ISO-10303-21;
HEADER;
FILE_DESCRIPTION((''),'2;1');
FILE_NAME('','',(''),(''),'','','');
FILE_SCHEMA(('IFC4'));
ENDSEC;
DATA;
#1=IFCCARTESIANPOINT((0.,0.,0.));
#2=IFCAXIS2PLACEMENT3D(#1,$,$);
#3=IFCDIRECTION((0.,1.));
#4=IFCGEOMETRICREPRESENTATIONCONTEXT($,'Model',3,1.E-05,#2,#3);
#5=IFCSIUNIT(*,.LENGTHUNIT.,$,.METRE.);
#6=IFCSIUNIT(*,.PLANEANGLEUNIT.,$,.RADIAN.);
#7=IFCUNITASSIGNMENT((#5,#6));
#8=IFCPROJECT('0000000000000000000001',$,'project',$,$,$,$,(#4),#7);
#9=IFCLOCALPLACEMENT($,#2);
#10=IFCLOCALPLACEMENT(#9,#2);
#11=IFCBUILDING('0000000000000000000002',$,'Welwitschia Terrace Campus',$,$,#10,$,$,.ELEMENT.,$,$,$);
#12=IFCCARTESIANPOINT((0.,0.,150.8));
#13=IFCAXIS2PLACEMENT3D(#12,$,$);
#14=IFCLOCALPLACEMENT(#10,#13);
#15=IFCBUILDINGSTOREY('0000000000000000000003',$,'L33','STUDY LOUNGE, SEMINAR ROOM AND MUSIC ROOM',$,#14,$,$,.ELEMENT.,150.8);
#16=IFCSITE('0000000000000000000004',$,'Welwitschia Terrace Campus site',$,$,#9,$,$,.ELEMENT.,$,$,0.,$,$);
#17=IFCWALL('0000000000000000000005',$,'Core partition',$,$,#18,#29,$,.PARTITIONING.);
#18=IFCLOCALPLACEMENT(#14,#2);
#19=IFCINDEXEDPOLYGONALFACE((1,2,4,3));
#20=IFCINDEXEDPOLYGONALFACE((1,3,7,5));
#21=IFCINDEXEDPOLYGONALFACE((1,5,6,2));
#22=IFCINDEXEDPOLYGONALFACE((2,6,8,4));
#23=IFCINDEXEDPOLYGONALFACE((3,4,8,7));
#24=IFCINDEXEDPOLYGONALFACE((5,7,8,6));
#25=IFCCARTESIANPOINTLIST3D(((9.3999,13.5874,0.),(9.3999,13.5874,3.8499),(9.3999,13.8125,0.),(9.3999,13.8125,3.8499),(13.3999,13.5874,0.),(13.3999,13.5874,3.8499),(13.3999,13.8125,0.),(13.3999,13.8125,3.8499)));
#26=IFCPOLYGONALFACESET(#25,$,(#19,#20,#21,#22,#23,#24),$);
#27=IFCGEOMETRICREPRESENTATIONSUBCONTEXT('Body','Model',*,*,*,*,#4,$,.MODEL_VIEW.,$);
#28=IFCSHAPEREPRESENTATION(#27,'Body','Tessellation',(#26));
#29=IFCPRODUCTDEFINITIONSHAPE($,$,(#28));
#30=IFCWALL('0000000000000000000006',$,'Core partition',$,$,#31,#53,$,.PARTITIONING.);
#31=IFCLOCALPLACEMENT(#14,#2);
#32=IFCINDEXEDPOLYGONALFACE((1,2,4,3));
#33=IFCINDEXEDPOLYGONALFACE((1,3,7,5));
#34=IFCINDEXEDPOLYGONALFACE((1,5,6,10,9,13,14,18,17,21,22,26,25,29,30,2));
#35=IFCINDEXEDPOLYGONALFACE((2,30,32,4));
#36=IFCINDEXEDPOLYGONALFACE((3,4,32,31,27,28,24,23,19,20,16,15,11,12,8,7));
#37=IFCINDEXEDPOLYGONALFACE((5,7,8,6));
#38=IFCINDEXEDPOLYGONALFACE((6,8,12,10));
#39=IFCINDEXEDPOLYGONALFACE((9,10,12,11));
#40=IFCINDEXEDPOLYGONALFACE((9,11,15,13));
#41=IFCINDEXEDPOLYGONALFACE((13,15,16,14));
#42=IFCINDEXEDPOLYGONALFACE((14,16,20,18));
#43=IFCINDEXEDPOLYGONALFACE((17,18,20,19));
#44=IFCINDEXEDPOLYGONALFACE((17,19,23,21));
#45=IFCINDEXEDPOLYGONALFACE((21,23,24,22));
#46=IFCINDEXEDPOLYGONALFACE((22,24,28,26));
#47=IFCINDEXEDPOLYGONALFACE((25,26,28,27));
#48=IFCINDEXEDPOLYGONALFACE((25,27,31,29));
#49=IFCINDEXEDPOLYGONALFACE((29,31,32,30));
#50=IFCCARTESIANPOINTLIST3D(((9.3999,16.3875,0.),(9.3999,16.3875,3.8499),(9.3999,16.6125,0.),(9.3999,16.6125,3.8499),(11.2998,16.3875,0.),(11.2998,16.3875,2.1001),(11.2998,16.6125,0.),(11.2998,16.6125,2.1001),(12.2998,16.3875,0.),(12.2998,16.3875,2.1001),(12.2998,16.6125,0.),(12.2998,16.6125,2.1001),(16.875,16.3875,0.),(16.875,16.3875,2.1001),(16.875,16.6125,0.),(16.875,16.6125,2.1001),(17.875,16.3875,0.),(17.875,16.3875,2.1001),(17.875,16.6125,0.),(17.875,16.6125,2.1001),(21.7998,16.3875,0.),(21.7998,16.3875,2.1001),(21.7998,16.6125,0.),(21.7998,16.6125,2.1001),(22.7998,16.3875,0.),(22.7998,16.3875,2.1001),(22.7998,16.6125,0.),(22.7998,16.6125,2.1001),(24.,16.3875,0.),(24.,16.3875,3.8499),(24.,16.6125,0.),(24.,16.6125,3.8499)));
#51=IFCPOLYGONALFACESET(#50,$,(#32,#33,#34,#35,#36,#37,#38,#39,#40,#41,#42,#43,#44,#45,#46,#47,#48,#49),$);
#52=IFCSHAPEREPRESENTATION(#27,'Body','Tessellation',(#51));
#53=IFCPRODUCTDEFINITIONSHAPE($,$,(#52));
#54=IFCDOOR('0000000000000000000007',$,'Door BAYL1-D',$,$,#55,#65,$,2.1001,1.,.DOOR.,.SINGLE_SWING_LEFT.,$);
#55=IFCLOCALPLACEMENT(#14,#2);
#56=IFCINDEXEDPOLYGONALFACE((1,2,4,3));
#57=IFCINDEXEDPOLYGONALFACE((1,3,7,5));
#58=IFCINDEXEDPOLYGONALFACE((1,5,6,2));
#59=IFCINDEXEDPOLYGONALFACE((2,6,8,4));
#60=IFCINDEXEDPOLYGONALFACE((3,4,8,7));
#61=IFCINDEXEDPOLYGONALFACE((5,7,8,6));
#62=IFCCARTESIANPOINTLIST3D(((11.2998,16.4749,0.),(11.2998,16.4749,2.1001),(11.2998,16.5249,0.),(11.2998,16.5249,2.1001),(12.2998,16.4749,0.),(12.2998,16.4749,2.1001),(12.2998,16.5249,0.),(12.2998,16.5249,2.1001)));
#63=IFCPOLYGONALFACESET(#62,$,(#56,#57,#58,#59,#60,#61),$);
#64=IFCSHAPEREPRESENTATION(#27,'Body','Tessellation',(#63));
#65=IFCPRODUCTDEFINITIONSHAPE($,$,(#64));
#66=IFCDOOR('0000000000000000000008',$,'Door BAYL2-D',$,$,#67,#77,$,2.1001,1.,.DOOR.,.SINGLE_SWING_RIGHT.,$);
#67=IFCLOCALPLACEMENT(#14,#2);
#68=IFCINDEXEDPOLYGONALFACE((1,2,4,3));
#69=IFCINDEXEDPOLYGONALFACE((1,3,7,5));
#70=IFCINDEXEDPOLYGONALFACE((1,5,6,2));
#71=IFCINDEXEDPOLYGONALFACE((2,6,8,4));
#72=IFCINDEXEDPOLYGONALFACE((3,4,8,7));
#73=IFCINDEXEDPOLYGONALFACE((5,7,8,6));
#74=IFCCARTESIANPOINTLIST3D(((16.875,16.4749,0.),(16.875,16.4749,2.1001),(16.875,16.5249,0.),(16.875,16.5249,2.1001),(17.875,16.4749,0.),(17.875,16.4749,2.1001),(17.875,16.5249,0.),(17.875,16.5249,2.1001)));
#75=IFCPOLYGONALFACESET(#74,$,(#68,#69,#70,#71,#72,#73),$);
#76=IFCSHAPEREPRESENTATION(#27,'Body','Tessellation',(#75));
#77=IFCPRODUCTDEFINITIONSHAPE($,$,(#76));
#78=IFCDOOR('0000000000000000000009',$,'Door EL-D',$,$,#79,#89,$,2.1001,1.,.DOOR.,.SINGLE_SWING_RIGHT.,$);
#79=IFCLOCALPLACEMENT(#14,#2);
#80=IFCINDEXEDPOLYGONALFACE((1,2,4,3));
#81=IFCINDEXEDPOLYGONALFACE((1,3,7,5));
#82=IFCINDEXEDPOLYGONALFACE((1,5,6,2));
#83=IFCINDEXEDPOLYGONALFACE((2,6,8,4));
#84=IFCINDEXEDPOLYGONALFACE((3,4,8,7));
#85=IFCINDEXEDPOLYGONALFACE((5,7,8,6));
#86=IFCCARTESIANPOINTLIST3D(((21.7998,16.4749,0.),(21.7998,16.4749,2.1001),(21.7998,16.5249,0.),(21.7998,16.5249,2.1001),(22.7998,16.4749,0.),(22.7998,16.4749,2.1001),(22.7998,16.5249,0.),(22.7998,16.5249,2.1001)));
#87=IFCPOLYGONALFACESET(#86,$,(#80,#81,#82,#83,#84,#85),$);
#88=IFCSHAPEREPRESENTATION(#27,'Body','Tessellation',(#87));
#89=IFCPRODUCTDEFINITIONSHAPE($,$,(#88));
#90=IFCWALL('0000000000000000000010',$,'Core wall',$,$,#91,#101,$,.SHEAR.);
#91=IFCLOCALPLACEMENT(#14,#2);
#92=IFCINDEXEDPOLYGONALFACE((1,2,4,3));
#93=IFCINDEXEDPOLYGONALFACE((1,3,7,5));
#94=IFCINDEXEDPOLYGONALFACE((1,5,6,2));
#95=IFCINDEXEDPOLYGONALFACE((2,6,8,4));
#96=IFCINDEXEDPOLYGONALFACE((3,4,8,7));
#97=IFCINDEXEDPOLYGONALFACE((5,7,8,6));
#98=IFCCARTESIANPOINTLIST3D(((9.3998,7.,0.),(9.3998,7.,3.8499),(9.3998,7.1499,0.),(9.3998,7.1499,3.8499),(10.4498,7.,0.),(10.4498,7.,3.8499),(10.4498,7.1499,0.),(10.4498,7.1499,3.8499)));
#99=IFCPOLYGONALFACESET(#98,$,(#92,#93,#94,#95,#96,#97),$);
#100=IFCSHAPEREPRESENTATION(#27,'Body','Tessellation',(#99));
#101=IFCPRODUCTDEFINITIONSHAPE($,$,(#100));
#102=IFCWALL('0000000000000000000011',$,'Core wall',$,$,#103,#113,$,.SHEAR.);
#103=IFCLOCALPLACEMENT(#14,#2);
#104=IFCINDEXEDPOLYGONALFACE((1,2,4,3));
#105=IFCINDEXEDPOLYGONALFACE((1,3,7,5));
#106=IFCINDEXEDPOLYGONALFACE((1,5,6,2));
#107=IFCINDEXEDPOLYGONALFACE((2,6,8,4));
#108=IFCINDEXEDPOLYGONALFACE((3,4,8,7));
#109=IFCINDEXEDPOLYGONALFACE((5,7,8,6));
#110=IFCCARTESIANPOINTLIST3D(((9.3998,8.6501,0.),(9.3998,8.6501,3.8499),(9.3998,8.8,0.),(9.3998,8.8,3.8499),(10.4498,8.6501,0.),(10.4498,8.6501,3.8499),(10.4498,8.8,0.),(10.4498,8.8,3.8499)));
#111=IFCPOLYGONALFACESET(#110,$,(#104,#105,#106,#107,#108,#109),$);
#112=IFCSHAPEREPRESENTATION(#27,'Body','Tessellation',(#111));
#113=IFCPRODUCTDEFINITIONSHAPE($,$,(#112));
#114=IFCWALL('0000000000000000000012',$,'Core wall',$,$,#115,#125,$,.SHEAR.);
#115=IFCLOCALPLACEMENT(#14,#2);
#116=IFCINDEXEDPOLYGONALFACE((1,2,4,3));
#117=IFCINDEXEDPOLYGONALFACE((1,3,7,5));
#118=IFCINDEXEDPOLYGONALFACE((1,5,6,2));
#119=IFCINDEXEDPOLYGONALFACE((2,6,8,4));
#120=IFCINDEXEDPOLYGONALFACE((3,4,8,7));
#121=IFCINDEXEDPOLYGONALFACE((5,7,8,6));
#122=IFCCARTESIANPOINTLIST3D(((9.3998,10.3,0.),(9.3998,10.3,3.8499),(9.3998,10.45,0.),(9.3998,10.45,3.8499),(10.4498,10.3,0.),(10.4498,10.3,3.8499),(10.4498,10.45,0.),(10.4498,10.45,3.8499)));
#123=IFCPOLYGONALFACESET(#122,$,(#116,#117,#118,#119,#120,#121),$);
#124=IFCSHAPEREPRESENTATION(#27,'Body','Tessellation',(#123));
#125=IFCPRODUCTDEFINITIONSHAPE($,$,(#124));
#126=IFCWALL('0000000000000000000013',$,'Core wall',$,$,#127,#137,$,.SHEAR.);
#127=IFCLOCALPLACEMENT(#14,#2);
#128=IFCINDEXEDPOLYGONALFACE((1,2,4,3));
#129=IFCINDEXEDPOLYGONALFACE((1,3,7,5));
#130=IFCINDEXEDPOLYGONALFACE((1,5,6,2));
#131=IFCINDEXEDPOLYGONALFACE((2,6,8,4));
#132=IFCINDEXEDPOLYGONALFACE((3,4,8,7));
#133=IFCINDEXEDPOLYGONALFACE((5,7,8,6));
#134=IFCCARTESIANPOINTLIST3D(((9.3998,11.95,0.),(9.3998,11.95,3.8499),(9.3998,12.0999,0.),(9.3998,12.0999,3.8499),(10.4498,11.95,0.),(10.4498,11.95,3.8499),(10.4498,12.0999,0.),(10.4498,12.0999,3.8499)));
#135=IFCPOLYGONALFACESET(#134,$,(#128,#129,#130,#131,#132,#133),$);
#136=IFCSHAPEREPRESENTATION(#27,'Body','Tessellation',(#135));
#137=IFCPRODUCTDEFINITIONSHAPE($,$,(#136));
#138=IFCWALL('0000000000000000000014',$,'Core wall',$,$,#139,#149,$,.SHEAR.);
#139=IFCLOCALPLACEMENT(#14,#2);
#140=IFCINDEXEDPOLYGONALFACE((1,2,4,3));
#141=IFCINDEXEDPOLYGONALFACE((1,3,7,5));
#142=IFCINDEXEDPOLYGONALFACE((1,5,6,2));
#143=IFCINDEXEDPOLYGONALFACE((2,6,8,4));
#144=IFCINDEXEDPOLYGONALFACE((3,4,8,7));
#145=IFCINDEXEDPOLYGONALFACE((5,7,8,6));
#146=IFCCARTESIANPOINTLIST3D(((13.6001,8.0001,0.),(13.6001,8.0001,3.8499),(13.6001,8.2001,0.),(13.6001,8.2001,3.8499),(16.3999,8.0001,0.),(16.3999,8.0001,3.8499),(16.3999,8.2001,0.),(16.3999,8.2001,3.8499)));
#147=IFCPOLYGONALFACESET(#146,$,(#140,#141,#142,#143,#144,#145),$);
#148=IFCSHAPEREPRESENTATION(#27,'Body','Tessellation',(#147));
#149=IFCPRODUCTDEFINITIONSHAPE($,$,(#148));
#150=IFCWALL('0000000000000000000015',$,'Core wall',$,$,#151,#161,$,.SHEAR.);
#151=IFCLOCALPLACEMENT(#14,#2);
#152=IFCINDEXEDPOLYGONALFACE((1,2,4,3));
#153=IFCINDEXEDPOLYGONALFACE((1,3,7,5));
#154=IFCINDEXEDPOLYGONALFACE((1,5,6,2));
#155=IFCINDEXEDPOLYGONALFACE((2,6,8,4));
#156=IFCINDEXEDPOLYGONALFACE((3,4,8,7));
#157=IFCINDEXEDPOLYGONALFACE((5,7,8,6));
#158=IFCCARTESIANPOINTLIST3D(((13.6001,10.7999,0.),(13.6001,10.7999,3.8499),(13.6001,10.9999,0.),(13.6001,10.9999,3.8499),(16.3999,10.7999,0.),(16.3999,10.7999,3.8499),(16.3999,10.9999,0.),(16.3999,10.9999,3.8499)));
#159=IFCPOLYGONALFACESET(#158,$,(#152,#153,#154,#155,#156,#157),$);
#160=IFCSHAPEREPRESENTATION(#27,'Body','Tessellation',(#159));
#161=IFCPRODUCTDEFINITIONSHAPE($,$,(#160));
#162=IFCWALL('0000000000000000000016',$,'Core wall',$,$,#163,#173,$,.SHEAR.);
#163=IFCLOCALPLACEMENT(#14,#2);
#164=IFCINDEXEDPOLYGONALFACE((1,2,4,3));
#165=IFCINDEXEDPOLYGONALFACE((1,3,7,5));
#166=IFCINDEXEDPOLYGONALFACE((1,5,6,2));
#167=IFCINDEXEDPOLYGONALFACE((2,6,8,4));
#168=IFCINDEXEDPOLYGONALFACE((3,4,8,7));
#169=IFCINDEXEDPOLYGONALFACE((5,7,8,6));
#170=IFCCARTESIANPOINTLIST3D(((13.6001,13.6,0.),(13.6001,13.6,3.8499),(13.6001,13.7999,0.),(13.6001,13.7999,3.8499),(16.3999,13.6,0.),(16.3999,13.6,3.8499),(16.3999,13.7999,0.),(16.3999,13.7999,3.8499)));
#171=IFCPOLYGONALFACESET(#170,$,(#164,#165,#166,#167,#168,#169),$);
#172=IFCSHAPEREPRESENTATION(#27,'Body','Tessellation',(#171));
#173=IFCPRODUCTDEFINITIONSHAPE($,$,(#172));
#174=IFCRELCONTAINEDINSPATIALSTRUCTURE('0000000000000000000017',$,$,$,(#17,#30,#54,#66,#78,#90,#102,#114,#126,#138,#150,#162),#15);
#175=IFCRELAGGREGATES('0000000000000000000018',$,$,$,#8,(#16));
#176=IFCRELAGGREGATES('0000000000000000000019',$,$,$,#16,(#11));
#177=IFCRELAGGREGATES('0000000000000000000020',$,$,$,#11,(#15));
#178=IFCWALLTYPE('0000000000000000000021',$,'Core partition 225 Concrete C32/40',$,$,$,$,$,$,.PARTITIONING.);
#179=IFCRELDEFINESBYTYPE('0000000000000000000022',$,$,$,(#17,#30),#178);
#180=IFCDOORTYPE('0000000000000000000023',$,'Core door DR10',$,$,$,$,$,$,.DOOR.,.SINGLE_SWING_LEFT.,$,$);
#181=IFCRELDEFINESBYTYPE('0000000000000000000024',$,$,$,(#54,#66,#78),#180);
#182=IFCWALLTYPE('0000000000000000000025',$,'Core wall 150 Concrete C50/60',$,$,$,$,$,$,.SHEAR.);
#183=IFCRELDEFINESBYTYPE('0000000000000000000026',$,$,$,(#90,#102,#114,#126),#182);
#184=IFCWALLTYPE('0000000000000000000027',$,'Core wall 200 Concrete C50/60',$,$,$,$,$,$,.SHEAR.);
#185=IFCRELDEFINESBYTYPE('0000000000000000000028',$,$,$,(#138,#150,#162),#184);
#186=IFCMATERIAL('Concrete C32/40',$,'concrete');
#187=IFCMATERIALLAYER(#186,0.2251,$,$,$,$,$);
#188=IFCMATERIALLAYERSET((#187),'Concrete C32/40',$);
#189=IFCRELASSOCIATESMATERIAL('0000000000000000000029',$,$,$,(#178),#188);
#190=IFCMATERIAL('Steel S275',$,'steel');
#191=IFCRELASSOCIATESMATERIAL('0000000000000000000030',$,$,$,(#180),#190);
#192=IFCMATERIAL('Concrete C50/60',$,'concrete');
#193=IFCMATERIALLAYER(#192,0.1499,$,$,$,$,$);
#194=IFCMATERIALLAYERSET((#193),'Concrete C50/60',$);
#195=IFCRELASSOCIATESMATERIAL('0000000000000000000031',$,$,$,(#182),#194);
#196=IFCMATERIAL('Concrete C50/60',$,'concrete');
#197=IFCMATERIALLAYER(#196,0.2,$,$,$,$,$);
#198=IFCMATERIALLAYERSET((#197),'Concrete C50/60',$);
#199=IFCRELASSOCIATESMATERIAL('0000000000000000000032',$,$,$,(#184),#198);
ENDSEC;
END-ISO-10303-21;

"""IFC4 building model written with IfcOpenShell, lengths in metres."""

from ifc_helpers import new_model, si_unit, direction, frame, frame_2d, origin, place, context, subcontext, project, spatial, rectangle, extrude, material, layer, layer_set, type_object, element, fill, save


model = new_model("IFC4")

# Units and contexts
model_context = context("Model", 3, precision=1e-05, world=origin(), true_north=direction((0.0, 1.0)))
body_context = subcontext(model_context, "Body", "Model", "MODEL_VIEW")
ifc_project = project(units=[si_unit("LENGTHUNIT", "METRE"), si_unit("PLANEANGLEUNIT", "RADIAN")], contexts=[model_context])

# Site, building, storey
site_placement = place(None, origin())
site = spatial("IfcSite", under=ifc_project, at=site_placement, Name="Welwitschia Terrace Campus site", CompositionType="ELEMENT", RefElevation=0.0)
building_placement = place(site_placement, origin())
building = spatial("IfcBuilding", under=site, at=building_placement, Name="Welwitschia Terrace Campus", CompositionType="ELEMENT")
storey_placement = place(building_placement, frame((0.0, 0.0, 150.8)))
storey = spatial("IfcBuildingStorey", under=building, at=storey_placement, Name="L33", Description="STUDY LOUNGE, SEMINAR ROOM AND MUSIC ROOM", CompositionType="ELEMENT", Elevation=150.8)

# Wall
ifc_material_1 = material(Name="Concrete C32/40", Category="concrete")
ifc_layer_1 = layer(ifc_material_1, 0.2251)
ifc_layer_set_1 = layer_set([ifc_layer_1], Name="Concrete C32/40")
wall_type_1 = type_object("IfcWallType", Name="Core partition 225 Concrete C32/40", PredefinedType="PARTITIONING", material=ifc_layer_set_1)
wall_1_placement = place(storey_placement, frame((9.3999, 13.7, 0.0), z_axis=(0.0, 0.0, 1.0), x_axis=(1.0, 0.0, 0.0)))
element("IfcWall", 1, at=wall_1_placement, inside=storey, type_object=wall_type_1, Name="Core partition", PredefinedType="PARTITIONING", context=body_context, shape_type="SweptSolid", body=[
    extrude(rectangle(XDim=4.0, YDim=0.2251, at=frame_2d((2.0, 0.0))), origin(), (0.0, 0.0, 1.0), 3.8499),
])

# Wall, openings, doors
wall_2_placement = place(storey_placement, frame((9.3999, 16.5, 0.0), z_axis=(0.0, 0.0, 1.0), x_axis=(1.0, 0.0, 0.0)))
wall_2 = element("IfcWall", 2, at=wall_2_placement, inside=storey, type_object=wall_type_1, Name="Core partition", PredefinedType="PARTITIONING", context=body_context, shape_type="SweptSolid", body=[
    extrude(rectangle(XDim=14.6001, YDim=0.2251, at=frame_2d((7.3, 0.0))), origin(), (0.0, 0.0, 1.0), 3.8499),
])
opening_1_placement = place(wall_2_placement, frame((1.8999, 0.0, 0.0)))
opening_1 = element("IfcOpeningElement", 3, at=opening_1_placement, cuts=wall_2, PredefinedType="OPENING", context=body_context, shape_type="SweptSolid", body=[
    extrude(rectangle(XDim=1.0, YDim=2.1001, at=frame_2d((0.5, 1.05))), frame((0.0, 0.1226, 0.0), z_axis=(0.0, -1.0, 0.0), x_axis=(1.0, 0.0, 0.0)), (0.0, 0.0, 1.0), 0.2451),
])
opening_2_placement = place(wall_2_placement, frame((7.4751, 0.0, 0.0)))
opening_2 = element("IfcOpeningElement", 4, at=opening_2_placement, cuts=wall_2, PredefinedType="OPENING", context=body_context, shape_type="SweptSolid", body=[
    extrude(rectangle(XDim=1.0, YDim=2.1001, at=frame_2d((0.5, 1.05))), frame((0.0, 0.1226, 0.0), z_axis=(0.0, -1.0, 0.0), x_axis=(1.0, 0.0, 0.0)), (0.0, 0.0, 1.0), 0.2451),
])
opening_3_placement = place(wall_2_placement, frame((12.3999, 0.0, 0.0)))
opening_3 = element("IfcOpeningElement", 5, at=opening_3_placement, cuts=wall_2, PredefinedType="OPENING", context=body_context, shape_type="SweptSolid", body=[
    extrude(rectangle(XDim=1.0, YDim=2.1001, at=frame_2d((0.5, 1.05))), frame((0.0, 0.1226, 0.0), z_axis=(0.0, -1.0, 0.0), x_axis=(1.0, 0.0, 0.0)), (0.0, 0.0, 1.0), 0.2451),
])
ifc_material_2 = material(Name="Steel S275", Category="steel")
door_type_1 = type_object("IfcDoorType", Name="Core door DR10", OperationType="SINGLE_SWING_LEFT", PredefinedType="DOOR", material=ifc_material_2)
door_1_placement = place(opening_1_placement, origin())
door_1 = element("IfcDoor", 6, at=door_1_placement, inside=storey, type_object=door_type_1, Name="Door BAYL1-D", OperationType="SINGLE_SWING_LEFT", OverallHeight=2.1001, OverallWidth=1.0, PredefinedType="DOOR", context=body_context, shape_type="SweptSolid", body=[
    extrude(rectangle(XDim=1.0, YDim=2.1001, at=frame_2d((0.5, 1.05))), frame((0.0, 0.0249, 0.0), z_axis=(0.0, -1.0, 0.0), x_axis=(1.0, 0.0, 0.0)), (0.0, 0.0, 1.0), 0.05),
])
fill(opening_1, door_1)
door_2_placement = place(opening_2_placement, origin())
door_2 = element("IfcDoor", 7, at=door_2_placement, inside=storey, type_object=door_type_1, Name="Door BAYL2-D", OperationType="SINGLE_SWING_RIGHT", OverallHeight=2.1001, OverallWidth=1.0, PredefinedType="DOOR", context=body_context, shape_type="SweptSolid", body=[
    extrude(rectangle(XDim=1.0, YDim=2.1001, at=frame_2d((0.5, 1.05))), frame((0.0, 0.0249, 0.0), z_axis=(0.0, -1.0, 0.0), x_axis=(1.0, 0.0, 0.0)), (0.0, 0.0, 1.0), 0.05),
])
fill(opening_2, door_2)
door_3_placement = place(opening_3_placement, origin())
door_3 = element("IfcDoor", 8, at=door_3_placement, inside=storey, type_object=door_type_1, Name="Door EL-D", OperationType="SINGLE_SWING_RIGHT", OverallHeight=2.1001, OverallWidth=1.0, PredefinedType="DOOR", context=body_context, shape_type="SweptSolid", body=[
    extrude(rectangle(XDim=1.0, YDim=2.1001, at=frame_2d((0.5, 1.05))), frame((0.0, 0.0249, 0.0), z_axis=(0.0, -1.0, 0.0), x_axis=(1.0, 0.0, 0.0)), (0.0, 0.0, 1.0), 0.05),
])
fill(opening_3, door_3)

# Walls
ifc_material_3 = material(Name="Concrete C50/60", Category="concrete")
ifc_layer_2 = layer(ifc_material_3, 0.1499)
ifc_layer_set_2 = layer_set([ifc_layer_2], Name="Concrete C50/60")
wall_type_2 = type_object("IfcWallType", Name="Core wall 150 Concrete C50/60", PredefinedType="SHEAR", material=ifc_layer_set_2)
for number, where, z_axis, x_axis, name in (
    (9, (9.3999, 7.075, 0.0), (0.0, 0.0, 1.0), (1.0, 0.0, 0.0), "Core wall"),
    (10, (9.3999, 8.7251, 0.0), (0.0, 0.0, 1.0), (1.0, 0.0, 0.0), "Core wall"),
    (11, (9.3999, 10.375, 0.0), (0.0, 0.0, 1.0), (1.0, 0.0, 0.0), "Core wall"),
    (12, (9.3999, 12.0249, 0.0), (0.0, 0.0, 1.0), (1.0, 0.0, 0.0), "Core wall"),
):
    element("IfcWall", number, at=place(storey_placement, frame(where, z_axis=z_axis, x_axis=x_axis)), inside=storey, type_object=wall_type_2, Name=name, PredefinedType="SHEAR", context=body_context, shape_type="SweptSolid", body=[
        extrude(rectangle(XDim=1.05, YDim=0.1499, at=frame_2d((0.5249, 0.0))), origin(), (0.0, 0.0, 1.0), 3.8499),
    ])
ifc_material_4 = material(Name="Concrete C50/60", Category="concrete")
ifc_layer_3 = layer(ifc_material_4, 0.2)
ifc_layer_set_3 = layer_set([ifc_layer_3], Name="Concrete C50/60")
wall_type_3 = type_object("IfcWallType", Name="Core wall 200 Concrete C50/60", PredefinedType="SHEAR", material=ifc_layer_set_3)
for number, where, z_axis, x_axis, name in (
    (13, (13.6001, 8.1001, 0.0), (0.0, 0.0, 1.0), (1.0, 0.0, 0.0), "Core wall"),
    (14, (13.6001, 10.8999, 0.0), (0.0, 0.0, 1.0), (1.0, 0.0, 0.0), "Core wall"),
    (15, (13.6001, 13.7, 0.0), (0.0, 0.0, 1.0), (1.0, 0.0, 0.0), "Core wall"),
):
    element("IfcWall", number, at=place(storey_placement, frame(where, z_axis=z_axis, x_axis=x_axis)), inside=storey, type_object=wall_type_3, Name=name, PredefinedType="SHEAR", context=body_context, shape_type="SweptSolid", body=[
        extrude(rectangle(XDim=2.7998, YDim=0.2, at=frame_2d((1.3999, 0.0))), origin(), (0.0, 0.0, 1.0), 3.8499),
    ])

save(model, "model.ifc")
